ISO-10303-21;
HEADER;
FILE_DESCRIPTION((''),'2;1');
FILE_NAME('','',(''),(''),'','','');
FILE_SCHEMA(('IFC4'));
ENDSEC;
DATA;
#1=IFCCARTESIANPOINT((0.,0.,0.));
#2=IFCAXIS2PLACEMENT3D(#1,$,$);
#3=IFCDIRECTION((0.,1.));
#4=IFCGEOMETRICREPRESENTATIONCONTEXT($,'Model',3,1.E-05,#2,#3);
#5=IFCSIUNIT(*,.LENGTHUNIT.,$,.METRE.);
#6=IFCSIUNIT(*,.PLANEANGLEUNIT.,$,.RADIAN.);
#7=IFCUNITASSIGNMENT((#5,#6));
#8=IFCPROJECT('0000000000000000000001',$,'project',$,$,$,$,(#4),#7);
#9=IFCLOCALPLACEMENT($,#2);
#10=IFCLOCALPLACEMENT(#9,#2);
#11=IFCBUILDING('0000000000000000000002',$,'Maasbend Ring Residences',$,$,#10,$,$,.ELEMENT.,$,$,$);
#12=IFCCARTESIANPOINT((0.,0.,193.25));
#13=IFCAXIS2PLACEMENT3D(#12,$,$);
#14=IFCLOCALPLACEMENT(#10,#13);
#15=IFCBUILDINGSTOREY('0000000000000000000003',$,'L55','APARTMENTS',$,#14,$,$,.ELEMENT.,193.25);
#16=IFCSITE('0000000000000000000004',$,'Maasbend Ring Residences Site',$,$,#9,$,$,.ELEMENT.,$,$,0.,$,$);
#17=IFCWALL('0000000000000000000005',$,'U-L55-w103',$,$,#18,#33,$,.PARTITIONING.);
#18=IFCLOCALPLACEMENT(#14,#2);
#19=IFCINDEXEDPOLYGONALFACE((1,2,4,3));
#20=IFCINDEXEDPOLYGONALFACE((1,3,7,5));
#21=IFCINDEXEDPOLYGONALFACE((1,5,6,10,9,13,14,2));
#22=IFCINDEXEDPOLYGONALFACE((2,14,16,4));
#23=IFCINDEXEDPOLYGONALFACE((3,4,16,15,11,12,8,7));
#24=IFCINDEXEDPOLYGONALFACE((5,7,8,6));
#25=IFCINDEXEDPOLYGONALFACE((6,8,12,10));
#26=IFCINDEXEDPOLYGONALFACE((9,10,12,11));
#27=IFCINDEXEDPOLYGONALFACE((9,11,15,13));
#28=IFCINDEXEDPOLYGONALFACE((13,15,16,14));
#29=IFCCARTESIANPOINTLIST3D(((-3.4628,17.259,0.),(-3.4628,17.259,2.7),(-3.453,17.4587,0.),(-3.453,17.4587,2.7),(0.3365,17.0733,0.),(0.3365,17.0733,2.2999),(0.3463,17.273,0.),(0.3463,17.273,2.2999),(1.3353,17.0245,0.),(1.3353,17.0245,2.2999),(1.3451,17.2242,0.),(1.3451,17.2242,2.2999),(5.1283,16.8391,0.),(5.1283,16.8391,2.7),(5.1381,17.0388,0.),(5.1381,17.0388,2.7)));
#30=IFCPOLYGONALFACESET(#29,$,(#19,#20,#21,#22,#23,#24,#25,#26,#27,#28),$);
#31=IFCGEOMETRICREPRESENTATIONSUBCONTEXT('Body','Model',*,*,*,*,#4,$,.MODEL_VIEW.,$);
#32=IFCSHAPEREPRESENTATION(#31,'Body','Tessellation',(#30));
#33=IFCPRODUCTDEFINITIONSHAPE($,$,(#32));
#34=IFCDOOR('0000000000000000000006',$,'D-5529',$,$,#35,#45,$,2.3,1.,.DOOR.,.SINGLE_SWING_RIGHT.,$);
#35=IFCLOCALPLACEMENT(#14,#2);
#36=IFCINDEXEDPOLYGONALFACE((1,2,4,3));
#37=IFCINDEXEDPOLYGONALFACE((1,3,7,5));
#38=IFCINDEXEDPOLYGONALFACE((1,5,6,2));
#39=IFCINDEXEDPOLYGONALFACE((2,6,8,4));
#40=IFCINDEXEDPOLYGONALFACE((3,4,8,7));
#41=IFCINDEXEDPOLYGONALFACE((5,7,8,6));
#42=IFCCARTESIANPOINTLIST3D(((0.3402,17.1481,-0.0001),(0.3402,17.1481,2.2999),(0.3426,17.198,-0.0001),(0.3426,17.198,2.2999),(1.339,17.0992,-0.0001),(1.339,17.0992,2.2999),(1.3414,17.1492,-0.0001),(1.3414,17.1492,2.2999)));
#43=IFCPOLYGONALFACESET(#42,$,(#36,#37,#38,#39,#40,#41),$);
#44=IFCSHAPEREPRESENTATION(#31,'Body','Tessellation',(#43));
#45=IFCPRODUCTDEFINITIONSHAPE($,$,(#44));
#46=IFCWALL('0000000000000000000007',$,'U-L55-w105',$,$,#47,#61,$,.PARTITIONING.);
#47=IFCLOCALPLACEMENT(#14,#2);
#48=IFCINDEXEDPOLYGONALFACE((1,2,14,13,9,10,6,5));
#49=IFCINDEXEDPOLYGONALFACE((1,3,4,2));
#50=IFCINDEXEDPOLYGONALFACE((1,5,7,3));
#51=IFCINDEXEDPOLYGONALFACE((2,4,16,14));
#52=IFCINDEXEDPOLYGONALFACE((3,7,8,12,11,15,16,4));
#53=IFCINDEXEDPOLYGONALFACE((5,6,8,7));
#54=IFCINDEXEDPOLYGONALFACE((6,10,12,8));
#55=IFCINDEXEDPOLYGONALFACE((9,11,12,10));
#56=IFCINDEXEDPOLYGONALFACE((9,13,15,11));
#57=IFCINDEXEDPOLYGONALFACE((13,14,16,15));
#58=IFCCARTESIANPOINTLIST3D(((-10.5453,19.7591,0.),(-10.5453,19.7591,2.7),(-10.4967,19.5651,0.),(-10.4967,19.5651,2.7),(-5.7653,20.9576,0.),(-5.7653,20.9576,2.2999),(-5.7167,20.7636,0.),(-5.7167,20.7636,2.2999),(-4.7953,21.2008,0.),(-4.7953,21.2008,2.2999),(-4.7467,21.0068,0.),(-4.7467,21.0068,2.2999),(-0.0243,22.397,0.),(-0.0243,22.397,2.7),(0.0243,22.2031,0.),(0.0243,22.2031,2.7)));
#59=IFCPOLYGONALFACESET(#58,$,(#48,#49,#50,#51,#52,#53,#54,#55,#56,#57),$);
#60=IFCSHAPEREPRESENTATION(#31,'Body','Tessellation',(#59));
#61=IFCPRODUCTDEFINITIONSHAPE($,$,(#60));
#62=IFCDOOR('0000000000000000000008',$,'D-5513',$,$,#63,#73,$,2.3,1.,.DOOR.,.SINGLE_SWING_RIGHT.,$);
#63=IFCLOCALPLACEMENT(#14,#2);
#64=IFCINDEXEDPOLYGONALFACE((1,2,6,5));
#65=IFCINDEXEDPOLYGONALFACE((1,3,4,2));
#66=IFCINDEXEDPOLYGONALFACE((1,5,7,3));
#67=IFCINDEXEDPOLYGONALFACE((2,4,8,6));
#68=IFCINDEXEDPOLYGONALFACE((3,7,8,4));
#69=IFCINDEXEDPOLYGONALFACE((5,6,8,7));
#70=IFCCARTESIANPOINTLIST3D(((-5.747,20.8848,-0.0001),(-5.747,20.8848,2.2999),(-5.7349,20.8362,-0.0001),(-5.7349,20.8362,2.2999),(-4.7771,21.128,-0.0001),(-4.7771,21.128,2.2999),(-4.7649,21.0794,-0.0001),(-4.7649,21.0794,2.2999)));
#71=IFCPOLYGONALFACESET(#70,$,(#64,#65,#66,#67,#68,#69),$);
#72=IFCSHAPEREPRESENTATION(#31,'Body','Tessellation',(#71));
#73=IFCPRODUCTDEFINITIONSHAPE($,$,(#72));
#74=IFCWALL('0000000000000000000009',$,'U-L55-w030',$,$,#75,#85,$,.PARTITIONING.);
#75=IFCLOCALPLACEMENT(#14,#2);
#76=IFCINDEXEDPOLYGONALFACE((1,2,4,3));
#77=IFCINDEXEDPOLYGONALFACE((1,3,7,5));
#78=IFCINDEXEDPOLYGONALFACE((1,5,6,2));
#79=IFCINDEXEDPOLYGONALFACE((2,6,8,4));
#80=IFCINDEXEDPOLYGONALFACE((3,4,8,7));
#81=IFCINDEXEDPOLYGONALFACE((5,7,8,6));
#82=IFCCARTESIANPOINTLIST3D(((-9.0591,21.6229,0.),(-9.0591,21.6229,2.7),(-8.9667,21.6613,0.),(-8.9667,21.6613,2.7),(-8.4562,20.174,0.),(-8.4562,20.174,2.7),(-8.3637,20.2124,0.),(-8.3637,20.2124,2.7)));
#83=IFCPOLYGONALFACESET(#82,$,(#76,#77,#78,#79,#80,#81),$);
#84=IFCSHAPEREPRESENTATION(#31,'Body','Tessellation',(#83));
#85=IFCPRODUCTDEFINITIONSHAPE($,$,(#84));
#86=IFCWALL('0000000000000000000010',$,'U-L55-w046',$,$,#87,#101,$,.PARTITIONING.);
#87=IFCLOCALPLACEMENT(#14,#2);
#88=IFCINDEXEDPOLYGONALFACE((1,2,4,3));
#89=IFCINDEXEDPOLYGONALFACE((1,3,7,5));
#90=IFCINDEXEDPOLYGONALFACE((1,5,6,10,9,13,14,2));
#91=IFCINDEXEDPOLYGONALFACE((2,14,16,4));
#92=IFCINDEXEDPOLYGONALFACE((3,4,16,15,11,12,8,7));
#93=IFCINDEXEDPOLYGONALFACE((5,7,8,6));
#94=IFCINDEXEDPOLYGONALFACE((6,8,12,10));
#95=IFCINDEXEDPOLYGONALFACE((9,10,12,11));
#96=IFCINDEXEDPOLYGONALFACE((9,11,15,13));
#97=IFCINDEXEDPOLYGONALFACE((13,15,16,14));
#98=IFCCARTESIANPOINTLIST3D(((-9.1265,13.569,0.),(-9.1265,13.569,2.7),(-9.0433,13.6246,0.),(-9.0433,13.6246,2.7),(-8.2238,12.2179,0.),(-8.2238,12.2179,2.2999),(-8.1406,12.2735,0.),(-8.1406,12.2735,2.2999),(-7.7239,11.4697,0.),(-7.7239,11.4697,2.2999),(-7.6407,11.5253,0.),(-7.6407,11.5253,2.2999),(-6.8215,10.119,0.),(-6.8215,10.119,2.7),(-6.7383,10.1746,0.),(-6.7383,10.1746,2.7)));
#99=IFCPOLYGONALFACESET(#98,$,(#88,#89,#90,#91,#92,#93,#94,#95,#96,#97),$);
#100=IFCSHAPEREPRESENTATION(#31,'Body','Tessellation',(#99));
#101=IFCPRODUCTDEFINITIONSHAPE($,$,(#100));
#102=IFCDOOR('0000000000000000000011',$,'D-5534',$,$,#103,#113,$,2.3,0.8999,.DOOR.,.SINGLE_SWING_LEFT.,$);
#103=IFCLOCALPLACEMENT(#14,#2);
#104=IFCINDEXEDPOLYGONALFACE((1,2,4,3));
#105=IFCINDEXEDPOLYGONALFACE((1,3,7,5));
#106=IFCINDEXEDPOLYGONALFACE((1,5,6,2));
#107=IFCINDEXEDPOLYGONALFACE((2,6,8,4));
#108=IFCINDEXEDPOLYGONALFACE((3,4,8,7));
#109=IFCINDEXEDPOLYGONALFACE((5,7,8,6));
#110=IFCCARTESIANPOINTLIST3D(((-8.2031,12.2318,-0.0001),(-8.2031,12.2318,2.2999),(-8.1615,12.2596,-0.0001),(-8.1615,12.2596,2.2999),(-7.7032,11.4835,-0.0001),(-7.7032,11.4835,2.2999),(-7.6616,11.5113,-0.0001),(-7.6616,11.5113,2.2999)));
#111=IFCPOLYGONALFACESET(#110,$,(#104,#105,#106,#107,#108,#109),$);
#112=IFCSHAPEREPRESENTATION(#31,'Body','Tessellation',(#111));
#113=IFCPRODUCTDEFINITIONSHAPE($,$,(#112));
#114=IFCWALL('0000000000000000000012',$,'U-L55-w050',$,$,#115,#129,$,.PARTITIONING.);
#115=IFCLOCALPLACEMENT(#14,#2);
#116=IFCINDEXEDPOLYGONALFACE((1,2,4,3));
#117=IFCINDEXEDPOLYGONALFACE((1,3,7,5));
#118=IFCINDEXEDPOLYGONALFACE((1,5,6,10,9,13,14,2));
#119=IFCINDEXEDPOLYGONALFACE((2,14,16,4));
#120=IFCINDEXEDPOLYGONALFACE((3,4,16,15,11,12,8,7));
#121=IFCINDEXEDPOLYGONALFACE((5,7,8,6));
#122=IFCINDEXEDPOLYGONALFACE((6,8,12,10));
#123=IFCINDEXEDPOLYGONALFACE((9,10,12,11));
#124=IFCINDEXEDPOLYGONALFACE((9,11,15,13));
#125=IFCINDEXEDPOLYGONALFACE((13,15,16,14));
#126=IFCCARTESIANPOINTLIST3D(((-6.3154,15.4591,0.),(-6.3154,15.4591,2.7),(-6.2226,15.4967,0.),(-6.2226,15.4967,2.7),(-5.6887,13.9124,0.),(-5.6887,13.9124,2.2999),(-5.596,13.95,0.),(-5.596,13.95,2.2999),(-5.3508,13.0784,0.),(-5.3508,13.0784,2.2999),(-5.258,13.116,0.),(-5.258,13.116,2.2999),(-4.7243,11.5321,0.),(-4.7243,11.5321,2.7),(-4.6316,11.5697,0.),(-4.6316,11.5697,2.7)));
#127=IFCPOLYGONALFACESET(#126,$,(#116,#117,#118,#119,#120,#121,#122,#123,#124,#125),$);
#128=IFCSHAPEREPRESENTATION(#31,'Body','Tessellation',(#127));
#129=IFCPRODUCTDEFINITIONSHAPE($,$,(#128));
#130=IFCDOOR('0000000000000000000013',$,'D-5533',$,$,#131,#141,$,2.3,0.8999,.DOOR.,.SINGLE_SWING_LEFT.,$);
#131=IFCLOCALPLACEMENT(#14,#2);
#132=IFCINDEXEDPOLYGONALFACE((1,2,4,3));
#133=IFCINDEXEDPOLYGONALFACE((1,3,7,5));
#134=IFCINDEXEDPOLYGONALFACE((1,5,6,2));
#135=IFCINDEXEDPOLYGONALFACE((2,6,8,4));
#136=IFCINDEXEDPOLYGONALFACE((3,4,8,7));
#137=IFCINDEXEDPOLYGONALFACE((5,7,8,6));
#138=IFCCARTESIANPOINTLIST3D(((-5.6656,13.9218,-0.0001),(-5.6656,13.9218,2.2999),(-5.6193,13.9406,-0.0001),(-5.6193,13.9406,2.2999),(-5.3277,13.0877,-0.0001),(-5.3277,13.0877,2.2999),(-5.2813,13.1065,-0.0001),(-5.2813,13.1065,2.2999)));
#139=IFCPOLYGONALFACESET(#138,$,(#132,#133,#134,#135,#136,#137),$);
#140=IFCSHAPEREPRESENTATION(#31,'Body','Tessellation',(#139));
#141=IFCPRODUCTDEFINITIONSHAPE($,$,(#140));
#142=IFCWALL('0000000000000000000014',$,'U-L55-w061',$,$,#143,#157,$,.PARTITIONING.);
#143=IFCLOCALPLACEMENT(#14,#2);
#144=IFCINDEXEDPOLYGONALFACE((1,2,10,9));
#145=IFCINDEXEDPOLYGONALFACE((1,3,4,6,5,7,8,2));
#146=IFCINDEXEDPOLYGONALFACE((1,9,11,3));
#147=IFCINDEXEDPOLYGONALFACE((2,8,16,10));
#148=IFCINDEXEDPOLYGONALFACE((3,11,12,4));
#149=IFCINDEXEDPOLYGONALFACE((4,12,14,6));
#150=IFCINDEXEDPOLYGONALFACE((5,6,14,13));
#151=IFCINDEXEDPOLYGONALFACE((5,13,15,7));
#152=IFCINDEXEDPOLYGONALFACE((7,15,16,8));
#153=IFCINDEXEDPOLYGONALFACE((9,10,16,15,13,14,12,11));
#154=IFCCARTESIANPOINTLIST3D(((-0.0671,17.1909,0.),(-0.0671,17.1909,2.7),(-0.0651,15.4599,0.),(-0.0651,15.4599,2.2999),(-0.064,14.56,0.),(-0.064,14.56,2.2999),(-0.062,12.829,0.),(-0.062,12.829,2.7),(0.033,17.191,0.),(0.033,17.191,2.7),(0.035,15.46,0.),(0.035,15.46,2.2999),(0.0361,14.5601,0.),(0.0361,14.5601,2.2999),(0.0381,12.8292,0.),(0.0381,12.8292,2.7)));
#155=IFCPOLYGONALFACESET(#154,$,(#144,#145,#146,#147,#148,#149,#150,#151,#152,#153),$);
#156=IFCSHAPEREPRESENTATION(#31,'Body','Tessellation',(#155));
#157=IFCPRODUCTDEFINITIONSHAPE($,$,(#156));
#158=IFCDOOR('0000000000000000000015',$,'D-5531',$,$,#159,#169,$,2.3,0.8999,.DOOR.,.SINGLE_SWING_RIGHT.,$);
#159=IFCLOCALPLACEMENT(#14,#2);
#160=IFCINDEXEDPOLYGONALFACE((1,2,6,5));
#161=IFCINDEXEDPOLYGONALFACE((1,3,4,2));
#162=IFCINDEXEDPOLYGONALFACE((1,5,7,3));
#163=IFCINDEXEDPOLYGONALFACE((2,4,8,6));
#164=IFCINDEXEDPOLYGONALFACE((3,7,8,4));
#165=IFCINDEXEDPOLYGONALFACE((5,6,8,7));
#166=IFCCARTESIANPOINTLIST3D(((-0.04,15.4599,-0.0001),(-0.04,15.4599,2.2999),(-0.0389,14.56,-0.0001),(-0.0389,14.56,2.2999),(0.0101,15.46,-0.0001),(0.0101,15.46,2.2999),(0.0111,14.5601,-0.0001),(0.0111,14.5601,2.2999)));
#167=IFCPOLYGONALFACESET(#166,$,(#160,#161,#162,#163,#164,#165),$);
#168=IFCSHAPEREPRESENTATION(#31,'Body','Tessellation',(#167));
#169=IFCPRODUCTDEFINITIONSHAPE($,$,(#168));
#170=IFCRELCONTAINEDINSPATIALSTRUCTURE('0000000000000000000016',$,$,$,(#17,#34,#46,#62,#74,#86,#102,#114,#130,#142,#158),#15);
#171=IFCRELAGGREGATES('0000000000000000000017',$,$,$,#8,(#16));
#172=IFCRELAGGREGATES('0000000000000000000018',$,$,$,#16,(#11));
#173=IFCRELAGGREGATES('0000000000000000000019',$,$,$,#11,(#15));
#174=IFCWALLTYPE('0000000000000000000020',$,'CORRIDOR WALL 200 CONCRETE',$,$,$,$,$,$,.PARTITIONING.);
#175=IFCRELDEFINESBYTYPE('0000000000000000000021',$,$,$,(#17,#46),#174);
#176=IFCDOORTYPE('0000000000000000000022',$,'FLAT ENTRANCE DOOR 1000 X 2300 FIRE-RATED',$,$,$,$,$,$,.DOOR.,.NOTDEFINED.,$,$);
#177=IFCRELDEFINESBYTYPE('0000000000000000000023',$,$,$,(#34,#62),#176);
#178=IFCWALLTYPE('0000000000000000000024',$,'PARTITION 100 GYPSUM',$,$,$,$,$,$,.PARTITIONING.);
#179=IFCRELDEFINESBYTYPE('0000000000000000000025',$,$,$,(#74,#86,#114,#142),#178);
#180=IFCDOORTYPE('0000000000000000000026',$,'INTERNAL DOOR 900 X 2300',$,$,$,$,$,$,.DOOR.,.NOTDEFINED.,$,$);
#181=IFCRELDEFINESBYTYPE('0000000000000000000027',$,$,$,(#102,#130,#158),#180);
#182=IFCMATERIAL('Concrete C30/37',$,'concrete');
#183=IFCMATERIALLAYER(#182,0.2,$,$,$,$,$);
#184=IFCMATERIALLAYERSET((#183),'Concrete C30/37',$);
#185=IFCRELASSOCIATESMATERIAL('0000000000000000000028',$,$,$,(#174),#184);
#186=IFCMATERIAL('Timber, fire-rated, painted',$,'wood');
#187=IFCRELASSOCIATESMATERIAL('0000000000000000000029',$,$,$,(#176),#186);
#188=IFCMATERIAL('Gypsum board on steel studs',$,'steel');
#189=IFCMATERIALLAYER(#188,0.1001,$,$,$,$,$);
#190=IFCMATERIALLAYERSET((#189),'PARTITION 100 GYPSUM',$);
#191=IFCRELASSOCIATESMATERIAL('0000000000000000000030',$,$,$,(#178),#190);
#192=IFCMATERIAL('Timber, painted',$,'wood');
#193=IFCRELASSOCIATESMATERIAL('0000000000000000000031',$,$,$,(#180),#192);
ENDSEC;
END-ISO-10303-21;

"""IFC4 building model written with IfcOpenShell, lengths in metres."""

from ifc_helpers import new_model, si_unit, direction, frame, frame_2d, origin, place, context, subcontext, project, spatial, rectangle, extrude, material, layer, layer_set, type_object, element, fill, save


model = new_model("IFC4")

# Units and contexts
model_context = context("Model", 3, precision=1e-05, world=origin(), true_north=direction((0.0, 1.0)))
body_context = subcontext(model_context, "Body", "Model", "MODEL_VIEW")
ifc_project = project(units=[si_unit("LENGTHUNIT", "METRE"), si_unit("PLANEANGLEUNIT", "RADIAN")], contexts=[model_context])

# Site, building, storey
site_placement = place(None, origin())
site = spatial("IfcSite", under=ifc_project, at=site_placement, Name="Maasbend Ring Residences Site", CompositionType="ELEMENT", RefElevation=0.0)
building_placement = place(site_placement, origin())
building = spatial("IfcBuilding", under=site, at=building_placement, Name="Maasbend Ring Residences", CompositionType="ELEMENT")
storey_placement = place(building_placement, frame((0.0, 0.0, 193.25)))
storey = spatial("IfcBuildingStorey", under=building, at=storey_placement, Name="L55", Description="APARTMENTS", CompositionType="ELEMENT", Elevation=193.25)

# Walls, openings, doors
ifc_material_1 = material(Name="Concrete C30/37", Category="concrete")
ifc_layer_1 = layer(ifc_material_1, 0.2)
ifc_layer_set_1 = layer_set([ifc_layer_1], Name="Concrete C30/37")
wall_type_1 = type_object("IfcWallType", Name="CORRIDOR WALL 200 CONCRETE", PredefinedType="PARTITIONING", material=ifc_layer_set_1)
wall_1_placement = place(storey_placement, frame((-3.458, 17.3589, 0.0), z_axis=(0.0, 0.0, 1.0), x_axis=(0.998808, -0.048821, 0.0)))
wall_1 = element("IfcWall", 1, at=wall_1_placement, inside=storey, type_object=wall_type_1, Name="U-L55-w103", PredefinedType="PARTITIONING", context=body_context, shape_type="SweptSolid", body=[
    extrude(rectangle(XDim=8.6013, YDim=0.2, at=frame_2d((4.3008, 0.0))), origin(), (0.0, 0.0, 1.0), 2.7),
])
opening_1_placement = place(wall_1_placement, frame((3.804, 0.0, 0.0)))
opening_1 = element("IfcOpeningElement", 2, at=opening_1_placement, cuts=wall_1, PredefinedType="OPENING", context=body_context, shape_type="SweptSolid", body=[
    extrude(rectangle(XDim=1.0, YDim=2.3, at=frame_2d((0.5, 1.1499))), frame((0.0, 0.1099, 0.0), z_axis=(0.0, -1.0, 0.0), x_axis=(1.0, 0.0, 0.0)), (0.0, 0.0, 1.0), 0.22),
])
ifc_material_2 = material(Name="Timber, fire-rated, painted", Category="wood")
door_type_1 = type_object("IfcDoorType", Name="FLAT ENTRANCE DOOR 1000 X 2300 FIRE-RATED", OperationType="NOTDEFINED", PredefinedType="DOOR", material=ifc_material_2)
door_1_placement = place(opening_1_placement, origin())
door_1 = element("IfcDoor", 3, at=door_1_placement, inside=storey, type_object=door_type_1, Name="D-5529", OperationType="SINGLE_SWING_RIGHT", OverallHeight=2.3, OverallWidth=1.0, PredefinedType="DOOR", context=body_context, shape_type="SweptSolid", body=[
    extrude(rectangle(XDim=1.0, YDim=2.3, at=frame_2d((0.5, 1.1499))), frame((0.0, 0.0249, 0.0), z_axis=(0.0, -1.0, 0.0), x_axis=(1.0, 0.0, 0.0)), (0.0, 0.0, 1.0), 0.05),
])
fill(opening_1, door_1)
wall_2_placement = place(storey_placement, frame((-10.521, 19.6621, 0.0), z_axis=(0.0, 0.0, 1.0), x_axis=(0.969975, 0.243203, 0.0)))
wall_2 = element("IfcWall", 4, at=wall_2_placement, inside=storey, type_object=wall_type_1, Name="U-L55-w105", PredefinedType="PARTITIONING", context=body_context, shape_type="SweptSolid", body=[
    extrude(rectangle(XDim=10.8467, YDim=0.2, at=frame_2d((5.4233, 0.0))), origin(), (0.0, 0.0, 1.0), 2.7),
])
opening_2_placement = place(wall_2_placement, frame((4.928, 0.0, 0.0)))
opening_2 = element("IfcOpeningElement", 5, at=opening_2_placement, cuts=wall_2, PredefinedType="OPENING", context=body_context, shape_type="SweptSolid", body=[
    extrude(rectangle(XDim=1.0, YDim=2.3, at=frame_2d((0.5, 1.1499))), frame((0.0, 0.1099, 0.0), z_axis=(0.0, -1.0, 0.0), x_axis=(1.0, 0.0, 0.0)), (0.0, 0.0, 1.0), 0.22),
])
door_2_placement = place(opening_2_placement, origin())
door_2 = element("IfcDoor", 6, at=door_2_placement, inside=storey, type_object=door_type_1, Name="D-5513", OperationType="SINGLE_SWING_RIGHT", OverallHeight=2.3, OverallWidth=1.0, PredefinedType="DOOR", context=body_context, shape_type="SweptSolid", body=[
    extrude(rectangle(XDim=1.0, YDim=2.3, at=frame_2d((0.5, 1.1499))), frame((0.0, 0.0249, 0.0), z_axis=(0.0, -1.0, 0.0), x_axis=(1.0, 0.0, 0.0)), (0.0, 0.0, 1.0), 0.05),
])
fill(opening_2, door_2)

# Wall
ifc_material_3 = material(Name="Gypsum board on steel studs", Category="steel")
ifc_layer_2 = layer(ifc_material_3, 0.1001)
ifc_layer_set_2 = layer_set([ifc_layer_2], Name="PARTITION 100 GYPSUM")
wall_type_2 = type_object("IfcWallType", Name="PARTITION 100 GYPSUM", PredefinedType="PARTITIONING", material=ifc_layer_set_2)
wall_3_placement = place(storey_placement, frame((-9.0129, 21.6421, 0.0), z_axis=(0.0, 0.0, 1.0), x_axis=(0.384229, -0.923238, 0.0)))
element("IfcWall", 7, at=wall_3_placement, inside=storey, type_object=wall_type_2, Name="U-L55-w030", PredefinedType="PARTITIONING", context=body_context, shape_type="SweptSolid", body=[
    extrude(rectangle(XDim=1.5693, YDim=0.1001, at=frame_2d((0.7847, 0.0))), origin(), (0.0, 0.0, 1.0), 2.7),
])

# Walls, openings, doors
wall_4_placement = place(storey_placement, frame((-9.085, 13.5969, 0.0), z_axis=(0.0, 0.0, 1.0), x_axis=(0.555528, -0.831498, 0.0)))
wall_4 = element("IfcWall", 8, at=wall_4_placement, inside=storey, type_object=wall_type_2, Name="U-L55-w046", PredefinedType="PARTITIONING", context=body_context, shape_type="SweptSolid", body=[
    extrude(rectangle(XDim=4.1492, YDim=0.1001, at=frame_2d((2.0747, 0.0))), origin(), (0.0, 0.0, 1.0), 2.7),
])
opening_3_placement = place(wall_4_placement, frame((1.625, 0.0, 0.0)))
opening_3 = element("IfcOpeningElement", 9, at=opening_3_placement, cuts=wall_4, PredefinedType="OPENING", context=body_context, shape_type="SweptSolid", body=[
    extrude(rectangle(XDim=0.8999, YDim=2.3, at=frame_2d((0.45, 1.1499))), frame((0.0, 0.0601, 0.0), z_axis=(0.0, -1.0, 0.0), x_axis=(1.0, 0.0, 0.0)), (0.0, 0.0, 1.0), 0.1201),
])
ifc_material_4 = material(Name="Timber, painted", Category="wood")
door_type_2 = type_object("IfcDoorType", Name="INTERNAL DOOR 900 X 2300", OperationType="NOTDEFINED", PredefinedType="DOOR", material=ifc_material_4)
door_3_placement = place(opening_3_placement, origin())
door_3 = element("IfcDoor", 10, at=door_3_placement, inside=storey, type_object=door_type_2, Name="D-5534", OperationType="SINGLE_SWING_LEFT", OverallHeight=2.3, OverallWidth=0.8999, PredefinedType="DOOR", context=body_context, shape_type="SweptSolid", body=[
    extrude(rectangle(XDim=0.8999, YDim=2.3, at=frame_2d((0.45, 1.1499))), frame((0.0, 0.0249, 0.0), z_axis=(0.0, -1.0, 0.0), x_axis=(1.0, 0.0, 0.0)), (0.0, 0.0, 1.0), 0.05),
])
fill(opening_3, door_3)
wall_5_placement = place(storey_placement, frame((-6.269, 15.478, 0.0), z_axis=(0.0, 0.0, 1.0), x_axis=(0.37551, -0.926818, 0.0)))
wall_5 = element("IfcWall", 11, at=wall_5_placement, inside=storey, type_object=wall_type_2, Name="U-L55-w050", PredefinedType="PARTITIONING", context=body_context, shape_type="SweptSolid", body=[
    extrude(rectangle(XDim=4.2371, YDim=0.1001, at=frame_2d((2.1187, 0.0))), origin(), (0.0, 0.0, 1.0), 2.7),
])
opening_4_placement = place(wall_5_placement, frame((1.6689, 0.0, 0.0)))
opening_4 = element("IfcOpeningElement", 12, at=opening_4_placement, cuts=wall_5, PredefinedType="OPENING", context=body_context, shape_type="SweptSolid", body=[
    extrude(rectangle(XDim=0.8999, YDim=2.3, at=frame_2d((0.45, 1.1499))), frame((0.0, 0.0601, 0.0), z_axis=(0.0, -1.0, 0.0), x_axis=(1.0, 0.0, 0.0)), (0.0, 0.0, 1.0), 0.1201),
])
door_4_placement = place(opening_4_placement, origin())
door_4 = element("IfcDoor", 13, at=door_4_placement, inside=storey, type_object=door_type_2, Name="D-5533", OperationType="SINGLE_SWING_LEFT", OverallHeight=2.3, OverallWidth=0.8999, PredefinedType="DOOR", context=body_context, shape_type="SweptSolid", body=[
    extrude(rectangle(XDim=0.8999, YDim=2.3, at=frame_2d((0.45, 1.1499))), frame((0.0, 0.0249, 0.0), z_axis=(0.0, -1.0, 0.0), x_axis=(1.0, 0.0, 0.0)), (0.0, 0.0, 1.0), 0.05),
])
fill(opening_4, door_4)
wall_6_placement = place(storey_placement, frame((-0.012, 12.8291, 0.0), z_axis=(0.0, 0.0, 1.0), x_axis=(-0.001175, 0.999999, 0.0)))
wall_6 = element("IfcWall", 14, at=wall_6_placement, inside=storey, type_object=wall_type_2, Name="U-L55-w061", PredefinedType="PARTITIONING", context=body_context, shape_type="SweptSolid", body=[
    extrude(rectangle(XDim=4.3618, YDim=0.1001, at=frame_2d((2.1809, 0.0))), origin(), (0.0, 0.0, 1.0), 2.7),
])
opening_5_placement = place(wall_6_placement, frame((1.731, 0.0, 0.0)))
opening_5 = element("IfcOpeningElement", 15, at=opening_5_placement, cuts=wall_6, PredefinedType="OPENING", context=body_context, shape_type="SweptSolid", body=[
    extrude(rectangle(XDim=0.8999, YDim=2.3, at=frame_2d((0.45, 1.1499))), frame((0.0, 0.0601, 0.0), z_axis=(0.0, -1.0, 0.0), x_axis=(1.0, 0.0, 0.0)), (0.0, 0.0, 1.0), 0.1201),
])
door_5_placement = place(opening_5_placement, origin())
door_5 = element("IfcDoor", 16, at=door_5_placement, inside=storey, type_object=door_type_2, Name="D-5531", OperationType="SINGLE_SWING_RIGHT", OverallHeight=2.3, OverallWidth=0.8999, PredefinedType="DOOR", context=body_context, shape_type="SweptSolid", body=[
    extrude(rectangle(XDim=0.8999, YDim=2.3, at=frame_2d((0.45, 1.1499))), frame((0.0, 0.0249, 0.0), z_axis=(0.0, -1.0, 0.0), x_axis=(1.0, 0.0, 0.0)), (0.0, 0.0, 1.0), 0.05),
])
fill(opening_5, door_5)

save(model, "model.ifc")
